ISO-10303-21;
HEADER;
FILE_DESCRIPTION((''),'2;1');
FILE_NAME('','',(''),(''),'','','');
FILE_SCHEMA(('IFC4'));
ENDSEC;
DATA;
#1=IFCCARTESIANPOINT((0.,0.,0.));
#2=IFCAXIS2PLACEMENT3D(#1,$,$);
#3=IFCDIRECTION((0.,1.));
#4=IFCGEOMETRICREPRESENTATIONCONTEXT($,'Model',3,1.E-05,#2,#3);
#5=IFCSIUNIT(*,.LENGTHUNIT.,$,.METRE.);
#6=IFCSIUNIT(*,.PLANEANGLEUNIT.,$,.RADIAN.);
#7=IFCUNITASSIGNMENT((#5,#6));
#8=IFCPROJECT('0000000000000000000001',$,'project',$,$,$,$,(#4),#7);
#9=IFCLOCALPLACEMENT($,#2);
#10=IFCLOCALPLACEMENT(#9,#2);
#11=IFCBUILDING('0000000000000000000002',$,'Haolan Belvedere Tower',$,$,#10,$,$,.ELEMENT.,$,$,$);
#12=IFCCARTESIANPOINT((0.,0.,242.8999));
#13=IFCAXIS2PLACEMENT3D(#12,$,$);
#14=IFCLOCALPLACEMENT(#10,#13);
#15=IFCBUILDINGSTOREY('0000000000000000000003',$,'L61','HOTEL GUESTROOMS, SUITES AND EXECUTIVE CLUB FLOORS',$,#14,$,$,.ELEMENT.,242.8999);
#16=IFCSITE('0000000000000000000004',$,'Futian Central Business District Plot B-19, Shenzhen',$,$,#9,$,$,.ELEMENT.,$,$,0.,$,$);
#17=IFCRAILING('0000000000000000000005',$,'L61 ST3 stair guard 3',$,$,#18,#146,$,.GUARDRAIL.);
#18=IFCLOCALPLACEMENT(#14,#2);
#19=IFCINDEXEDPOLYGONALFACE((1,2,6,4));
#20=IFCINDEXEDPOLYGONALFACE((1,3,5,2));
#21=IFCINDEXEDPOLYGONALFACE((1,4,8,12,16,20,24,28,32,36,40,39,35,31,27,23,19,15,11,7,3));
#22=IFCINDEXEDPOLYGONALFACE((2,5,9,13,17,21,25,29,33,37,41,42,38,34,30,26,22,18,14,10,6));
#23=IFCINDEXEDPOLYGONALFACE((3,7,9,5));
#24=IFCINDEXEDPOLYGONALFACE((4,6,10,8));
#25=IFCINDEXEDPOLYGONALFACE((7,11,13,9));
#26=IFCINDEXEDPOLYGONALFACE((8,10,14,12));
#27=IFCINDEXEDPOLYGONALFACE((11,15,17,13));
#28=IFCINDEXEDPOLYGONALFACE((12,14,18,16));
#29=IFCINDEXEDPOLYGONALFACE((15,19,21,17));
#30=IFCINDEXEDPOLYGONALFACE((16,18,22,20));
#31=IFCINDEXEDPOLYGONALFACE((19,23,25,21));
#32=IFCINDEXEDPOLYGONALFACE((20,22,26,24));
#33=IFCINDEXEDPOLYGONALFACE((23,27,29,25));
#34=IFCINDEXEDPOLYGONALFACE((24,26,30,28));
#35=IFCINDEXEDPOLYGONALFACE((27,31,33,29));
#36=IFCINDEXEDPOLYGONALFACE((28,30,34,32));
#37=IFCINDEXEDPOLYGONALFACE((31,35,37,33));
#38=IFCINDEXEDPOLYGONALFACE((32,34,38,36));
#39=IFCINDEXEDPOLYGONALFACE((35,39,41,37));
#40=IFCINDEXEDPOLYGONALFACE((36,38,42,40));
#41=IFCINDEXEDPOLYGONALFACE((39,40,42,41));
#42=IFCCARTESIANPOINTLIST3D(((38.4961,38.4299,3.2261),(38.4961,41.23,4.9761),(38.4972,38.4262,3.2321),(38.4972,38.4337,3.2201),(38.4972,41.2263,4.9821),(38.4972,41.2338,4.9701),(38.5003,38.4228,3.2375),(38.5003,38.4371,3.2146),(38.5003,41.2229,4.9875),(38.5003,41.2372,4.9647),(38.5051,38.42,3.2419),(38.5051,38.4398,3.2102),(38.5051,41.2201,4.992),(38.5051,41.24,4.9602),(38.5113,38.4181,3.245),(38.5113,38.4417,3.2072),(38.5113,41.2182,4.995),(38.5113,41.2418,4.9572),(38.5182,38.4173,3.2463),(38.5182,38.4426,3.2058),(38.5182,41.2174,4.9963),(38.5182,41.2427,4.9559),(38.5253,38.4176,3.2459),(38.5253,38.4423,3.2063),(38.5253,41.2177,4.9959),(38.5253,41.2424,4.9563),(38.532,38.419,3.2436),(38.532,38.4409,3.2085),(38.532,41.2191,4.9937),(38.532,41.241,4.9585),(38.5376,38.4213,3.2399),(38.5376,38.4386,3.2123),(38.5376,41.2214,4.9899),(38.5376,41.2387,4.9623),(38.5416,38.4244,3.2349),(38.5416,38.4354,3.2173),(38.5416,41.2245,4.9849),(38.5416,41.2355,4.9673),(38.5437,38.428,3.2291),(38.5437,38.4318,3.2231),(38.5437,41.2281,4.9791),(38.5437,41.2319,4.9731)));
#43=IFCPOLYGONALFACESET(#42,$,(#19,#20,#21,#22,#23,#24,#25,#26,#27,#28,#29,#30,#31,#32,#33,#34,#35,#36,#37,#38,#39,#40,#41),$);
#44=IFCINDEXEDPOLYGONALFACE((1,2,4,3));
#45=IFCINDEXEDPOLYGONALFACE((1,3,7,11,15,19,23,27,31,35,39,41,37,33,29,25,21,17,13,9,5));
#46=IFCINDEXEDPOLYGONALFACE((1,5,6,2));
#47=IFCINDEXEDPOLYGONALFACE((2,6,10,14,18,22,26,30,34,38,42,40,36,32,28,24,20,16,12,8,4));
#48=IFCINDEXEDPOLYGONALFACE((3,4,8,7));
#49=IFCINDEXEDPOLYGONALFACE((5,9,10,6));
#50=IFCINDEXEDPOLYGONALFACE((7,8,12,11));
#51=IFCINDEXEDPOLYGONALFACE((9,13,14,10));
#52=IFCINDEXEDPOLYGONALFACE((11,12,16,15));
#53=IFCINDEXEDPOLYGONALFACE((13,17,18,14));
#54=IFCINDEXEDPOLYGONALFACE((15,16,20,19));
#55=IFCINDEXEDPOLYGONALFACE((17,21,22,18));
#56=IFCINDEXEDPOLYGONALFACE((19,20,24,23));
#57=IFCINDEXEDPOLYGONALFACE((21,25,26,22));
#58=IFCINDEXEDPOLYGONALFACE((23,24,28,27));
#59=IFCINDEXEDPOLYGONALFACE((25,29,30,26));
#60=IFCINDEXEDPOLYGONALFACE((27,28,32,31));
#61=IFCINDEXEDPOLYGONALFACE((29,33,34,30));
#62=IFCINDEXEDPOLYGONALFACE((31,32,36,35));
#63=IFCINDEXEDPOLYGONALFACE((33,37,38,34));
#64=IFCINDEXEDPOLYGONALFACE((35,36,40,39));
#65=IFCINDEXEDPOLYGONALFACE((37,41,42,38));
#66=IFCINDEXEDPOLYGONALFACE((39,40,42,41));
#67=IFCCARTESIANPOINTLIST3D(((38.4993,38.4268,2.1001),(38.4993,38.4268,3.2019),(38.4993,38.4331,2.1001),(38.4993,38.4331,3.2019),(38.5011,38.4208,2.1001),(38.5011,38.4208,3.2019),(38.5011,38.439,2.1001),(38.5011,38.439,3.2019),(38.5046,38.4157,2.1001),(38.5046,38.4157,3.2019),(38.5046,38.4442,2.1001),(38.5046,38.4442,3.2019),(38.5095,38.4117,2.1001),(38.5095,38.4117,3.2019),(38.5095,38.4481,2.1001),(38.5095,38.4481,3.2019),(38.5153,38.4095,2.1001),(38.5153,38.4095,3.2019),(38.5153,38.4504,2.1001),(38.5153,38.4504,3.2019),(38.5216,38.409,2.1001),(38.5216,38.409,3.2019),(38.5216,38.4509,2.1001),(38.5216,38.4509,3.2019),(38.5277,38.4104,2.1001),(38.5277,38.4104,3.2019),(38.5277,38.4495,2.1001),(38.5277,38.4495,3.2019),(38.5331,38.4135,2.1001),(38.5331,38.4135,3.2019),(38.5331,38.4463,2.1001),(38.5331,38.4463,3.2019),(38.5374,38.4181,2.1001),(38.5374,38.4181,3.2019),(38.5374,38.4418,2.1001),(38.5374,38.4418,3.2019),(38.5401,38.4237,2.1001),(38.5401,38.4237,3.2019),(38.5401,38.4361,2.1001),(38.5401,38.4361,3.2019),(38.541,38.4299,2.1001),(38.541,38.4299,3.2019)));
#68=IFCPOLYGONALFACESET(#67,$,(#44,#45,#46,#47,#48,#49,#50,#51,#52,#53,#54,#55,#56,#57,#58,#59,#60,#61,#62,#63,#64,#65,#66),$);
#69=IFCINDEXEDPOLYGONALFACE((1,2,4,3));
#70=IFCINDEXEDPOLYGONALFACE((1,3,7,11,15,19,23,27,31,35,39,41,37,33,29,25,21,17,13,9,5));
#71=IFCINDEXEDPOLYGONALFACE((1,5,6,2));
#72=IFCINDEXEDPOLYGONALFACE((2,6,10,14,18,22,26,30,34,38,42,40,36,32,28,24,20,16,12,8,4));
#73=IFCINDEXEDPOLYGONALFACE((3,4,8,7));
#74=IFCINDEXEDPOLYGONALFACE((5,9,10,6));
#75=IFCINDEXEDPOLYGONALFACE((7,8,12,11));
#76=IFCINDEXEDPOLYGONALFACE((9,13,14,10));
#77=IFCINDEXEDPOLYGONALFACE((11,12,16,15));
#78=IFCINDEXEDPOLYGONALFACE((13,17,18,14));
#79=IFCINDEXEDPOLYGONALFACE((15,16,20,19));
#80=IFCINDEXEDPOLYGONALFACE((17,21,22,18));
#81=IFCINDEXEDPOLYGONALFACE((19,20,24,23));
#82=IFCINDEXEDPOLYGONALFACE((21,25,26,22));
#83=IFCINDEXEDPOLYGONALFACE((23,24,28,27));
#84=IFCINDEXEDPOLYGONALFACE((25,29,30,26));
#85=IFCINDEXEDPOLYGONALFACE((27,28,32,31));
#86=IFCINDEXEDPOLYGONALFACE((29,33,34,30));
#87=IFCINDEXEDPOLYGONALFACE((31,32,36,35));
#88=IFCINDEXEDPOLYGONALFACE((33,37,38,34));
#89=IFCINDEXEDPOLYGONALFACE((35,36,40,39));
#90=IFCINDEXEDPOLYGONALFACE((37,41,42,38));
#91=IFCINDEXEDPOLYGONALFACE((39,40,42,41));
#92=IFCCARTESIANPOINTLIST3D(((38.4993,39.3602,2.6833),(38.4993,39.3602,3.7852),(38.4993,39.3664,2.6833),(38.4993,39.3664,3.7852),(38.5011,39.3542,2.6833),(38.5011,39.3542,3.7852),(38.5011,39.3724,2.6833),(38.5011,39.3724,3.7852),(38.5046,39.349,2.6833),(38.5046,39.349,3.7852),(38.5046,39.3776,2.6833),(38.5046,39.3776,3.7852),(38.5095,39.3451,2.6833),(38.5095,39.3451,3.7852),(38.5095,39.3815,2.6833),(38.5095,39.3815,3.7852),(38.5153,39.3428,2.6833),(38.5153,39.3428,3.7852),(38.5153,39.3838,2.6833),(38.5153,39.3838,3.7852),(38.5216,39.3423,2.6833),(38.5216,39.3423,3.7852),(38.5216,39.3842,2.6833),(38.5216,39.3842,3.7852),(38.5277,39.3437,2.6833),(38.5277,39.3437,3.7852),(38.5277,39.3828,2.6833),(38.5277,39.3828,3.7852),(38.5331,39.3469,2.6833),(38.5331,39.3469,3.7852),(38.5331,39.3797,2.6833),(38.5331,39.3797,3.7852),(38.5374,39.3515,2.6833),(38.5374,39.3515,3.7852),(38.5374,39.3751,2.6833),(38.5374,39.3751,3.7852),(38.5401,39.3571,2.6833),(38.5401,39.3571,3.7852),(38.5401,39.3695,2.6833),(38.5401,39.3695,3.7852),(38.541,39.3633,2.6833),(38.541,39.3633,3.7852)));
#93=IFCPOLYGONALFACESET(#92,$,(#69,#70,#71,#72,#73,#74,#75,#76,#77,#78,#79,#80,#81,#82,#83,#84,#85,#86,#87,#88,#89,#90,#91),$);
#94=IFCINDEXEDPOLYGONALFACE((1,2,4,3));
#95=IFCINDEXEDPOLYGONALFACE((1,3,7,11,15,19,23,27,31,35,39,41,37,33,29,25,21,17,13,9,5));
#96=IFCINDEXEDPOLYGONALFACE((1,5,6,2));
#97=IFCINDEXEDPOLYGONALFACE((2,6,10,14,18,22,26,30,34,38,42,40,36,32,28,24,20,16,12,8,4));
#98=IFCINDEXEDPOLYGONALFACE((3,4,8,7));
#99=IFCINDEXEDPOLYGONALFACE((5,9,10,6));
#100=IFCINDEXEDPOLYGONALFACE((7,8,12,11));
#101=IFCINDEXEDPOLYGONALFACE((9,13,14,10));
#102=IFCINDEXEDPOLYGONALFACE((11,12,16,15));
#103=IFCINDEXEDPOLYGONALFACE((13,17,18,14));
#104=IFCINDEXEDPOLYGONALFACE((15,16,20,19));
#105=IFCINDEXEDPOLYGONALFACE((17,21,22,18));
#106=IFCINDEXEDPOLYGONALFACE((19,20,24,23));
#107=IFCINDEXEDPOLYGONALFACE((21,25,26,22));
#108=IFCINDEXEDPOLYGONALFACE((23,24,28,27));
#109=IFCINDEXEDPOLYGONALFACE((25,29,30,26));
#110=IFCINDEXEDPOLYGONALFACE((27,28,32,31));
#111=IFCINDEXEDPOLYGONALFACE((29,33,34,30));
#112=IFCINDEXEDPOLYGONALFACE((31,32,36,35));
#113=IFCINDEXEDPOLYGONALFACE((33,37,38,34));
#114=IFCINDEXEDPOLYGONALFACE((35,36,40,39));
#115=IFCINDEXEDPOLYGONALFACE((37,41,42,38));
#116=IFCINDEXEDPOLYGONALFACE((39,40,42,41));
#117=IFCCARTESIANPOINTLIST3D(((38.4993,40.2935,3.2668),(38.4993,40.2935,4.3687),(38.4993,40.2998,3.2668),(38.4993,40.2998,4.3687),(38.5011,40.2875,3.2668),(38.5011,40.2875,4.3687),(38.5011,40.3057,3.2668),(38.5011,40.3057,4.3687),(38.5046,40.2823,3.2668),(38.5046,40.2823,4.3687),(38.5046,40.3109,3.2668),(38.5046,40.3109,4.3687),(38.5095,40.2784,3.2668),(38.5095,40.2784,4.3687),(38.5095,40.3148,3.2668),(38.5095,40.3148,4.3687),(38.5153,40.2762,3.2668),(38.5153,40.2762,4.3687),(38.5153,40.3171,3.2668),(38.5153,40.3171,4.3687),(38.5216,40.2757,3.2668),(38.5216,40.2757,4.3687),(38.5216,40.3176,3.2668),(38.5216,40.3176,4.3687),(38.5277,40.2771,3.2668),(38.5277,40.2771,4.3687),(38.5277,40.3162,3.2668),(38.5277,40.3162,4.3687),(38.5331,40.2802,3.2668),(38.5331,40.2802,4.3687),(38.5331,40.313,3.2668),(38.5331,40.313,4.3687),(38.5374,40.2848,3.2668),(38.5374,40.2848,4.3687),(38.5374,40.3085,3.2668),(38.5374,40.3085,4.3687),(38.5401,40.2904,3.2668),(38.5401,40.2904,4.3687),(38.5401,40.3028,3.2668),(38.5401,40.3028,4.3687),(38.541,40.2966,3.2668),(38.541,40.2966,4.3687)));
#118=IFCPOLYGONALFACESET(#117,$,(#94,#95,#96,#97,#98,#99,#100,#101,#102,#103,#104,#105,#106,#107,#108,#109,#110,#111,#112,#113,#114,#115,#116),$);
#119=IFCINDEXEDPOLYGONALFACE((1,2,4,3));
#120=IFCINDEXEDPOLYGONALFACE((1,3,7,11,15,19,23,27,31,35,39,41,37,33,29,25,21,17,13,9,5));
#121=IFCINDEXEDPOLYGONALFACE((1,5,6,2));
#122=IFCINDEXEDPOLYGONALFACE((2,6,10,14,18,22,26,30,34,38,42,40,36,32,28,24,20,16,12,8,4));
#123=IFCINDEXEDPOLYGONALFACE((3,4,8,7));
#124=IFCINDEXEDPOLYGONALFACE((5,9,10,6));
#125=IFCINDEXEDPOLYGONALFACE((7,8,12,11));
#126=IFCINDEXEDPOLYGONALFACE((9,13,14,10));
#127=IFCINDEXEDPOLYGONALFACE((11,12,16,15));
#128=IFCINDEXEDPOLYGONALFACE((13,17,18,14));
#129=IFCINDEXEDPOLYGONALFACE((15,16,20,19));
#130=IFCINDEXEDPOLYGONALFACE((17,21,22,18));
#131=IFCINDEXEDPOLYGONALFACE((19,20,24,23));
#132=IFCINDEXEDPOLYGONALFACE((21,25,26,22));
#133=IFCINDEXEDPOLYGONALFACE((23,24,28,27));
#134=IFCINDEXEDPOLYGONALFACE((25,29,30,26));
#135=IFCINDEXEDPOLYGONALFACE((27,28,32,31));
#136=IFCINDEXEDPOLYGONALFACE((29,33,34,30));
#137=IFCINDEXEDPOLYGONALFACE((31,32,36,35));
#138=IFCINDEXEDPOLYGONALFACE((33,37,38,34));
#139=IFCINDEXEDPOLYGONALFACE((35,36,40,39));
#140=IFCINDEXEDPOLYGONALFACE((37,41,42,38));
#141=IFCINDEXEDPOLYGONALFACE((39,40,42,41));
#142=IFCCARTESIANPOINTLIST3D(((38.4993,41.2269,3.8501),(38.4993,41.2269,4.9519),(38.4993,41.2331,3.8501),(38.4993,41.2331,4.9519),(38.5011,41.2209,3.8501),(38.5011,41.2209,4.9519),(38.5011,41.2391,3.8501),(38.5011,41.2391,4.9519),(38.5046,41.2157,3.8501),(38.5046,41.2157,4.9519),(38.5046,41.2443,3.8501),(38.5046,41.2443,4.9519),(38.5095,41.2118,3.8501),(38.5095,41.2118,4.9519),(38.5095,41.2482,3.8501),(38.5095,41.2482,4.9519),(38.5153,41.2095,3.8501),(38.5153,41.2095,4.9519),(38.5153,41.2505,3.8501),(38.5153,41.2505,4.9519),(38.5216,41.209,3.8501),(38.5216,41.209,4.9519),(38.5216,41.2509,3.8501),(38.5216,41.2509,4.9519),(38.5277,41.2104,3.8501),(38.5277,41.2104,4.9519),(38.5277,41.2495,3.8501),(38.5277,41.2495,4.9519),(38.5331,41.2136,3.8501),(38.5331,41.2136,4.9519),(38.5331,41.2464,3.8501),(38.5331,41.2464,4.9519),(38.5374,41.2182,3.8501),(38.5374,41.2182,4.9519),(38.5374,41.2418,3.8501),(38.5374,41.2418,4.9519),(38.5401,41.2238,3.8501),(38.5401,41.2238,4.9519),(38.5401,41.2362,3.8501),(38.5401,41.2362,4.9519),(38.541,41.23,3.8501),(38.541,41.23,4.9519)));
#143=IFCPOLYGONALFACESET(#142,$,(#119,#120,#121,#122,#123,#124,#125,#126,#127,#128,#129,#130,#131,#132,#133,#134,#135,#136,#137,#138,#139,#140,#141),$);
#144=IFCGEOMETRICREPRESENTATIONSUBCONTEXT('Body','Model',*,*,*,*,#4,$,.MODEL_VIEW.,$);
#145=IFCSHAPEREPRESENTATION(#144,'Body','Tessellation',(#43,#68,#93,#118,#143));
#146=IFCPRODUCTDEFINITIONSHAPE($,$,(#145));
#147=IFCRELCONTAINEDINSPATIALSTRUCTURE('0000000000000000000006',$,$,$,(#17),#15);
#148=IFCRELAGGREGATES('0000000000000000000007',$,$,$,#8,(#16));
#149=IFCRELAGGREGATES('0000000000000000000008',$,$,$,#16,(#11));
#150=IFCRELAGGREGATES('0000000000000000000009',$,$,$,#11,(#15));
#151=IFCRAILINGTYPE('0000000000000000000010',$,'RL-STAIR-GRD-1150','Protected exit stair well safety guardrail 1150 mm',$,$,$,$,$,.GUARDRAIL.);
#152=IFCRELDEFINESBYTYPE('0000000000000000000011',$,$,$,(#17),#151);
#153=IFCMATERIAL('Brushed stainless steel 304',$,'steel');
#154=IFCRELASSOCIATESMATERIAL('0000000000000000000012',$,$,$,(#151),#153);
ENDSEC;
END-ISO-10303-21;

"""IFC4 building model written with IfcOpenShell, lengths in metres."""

from ifc_helpers import new_model, si_unit, direction, frame, origin, origin_2d, place, context, subcontext, project, spatial, circle, extrude, material, type_object, element, save


model = new_model("IFC4")

# Units and contexts
model_context = context("Model", 3, precision=1e-05, world=origin(), true_north=direction((0.0, 1.0)))
body_context = subcontext(model_context, "Body", "Model", "MODEL_VIEW")
ifc_project = project(units=[si_unit("LENGTHUNIT", "METRE"), si_unit("PLANEANGLEUNIT", "RADIAN")], contexts=[model_context])

# Site, building, storey
site_placement = place(None, origin())
site = spatial("IfcSite", under=ifc_project, at=site_placement, Name="Futian Central Business District Plot B-19, Shenzhen", CompositionType="ELEMENT", RefElevation=0.0)
building_placement = place(site_placement, origin())
building = spatial("IfcBuilding", under=site, at=building_placement, Name="Haolan Belvedere Tower", CompositionType="ELEMENT")
storey_placement = place(building_placement, frame((0.0, 0.0, 242.8999)))
storey = spatial("IfcBuildingStorey", under=building, at=storey_placement, Name="L61", Description="HOTEL GUESTROOMS, SUITES AND EXECUTIVE CLUB FLOORS", CompositionType="ELEMENT", Elevation=242.8999)

# Railing
ifc_material_1 = material(Name="Brushed stainless steel 304", Category="steel")
railing_type_1 = type_object("IfcRailingType", Name="RL-STAIR-GRD-1150", Description="Protected exit stair well safety guardrail 1150 mm", PredefinedType="GUARDRAIL", material=ifc_material_1)
railing_1_placement = place(storey_placement, frame((38.52, 38.4299, 2.1001)))
element("IfcRailing", 1, at=railing_1_placement, inside=storey, type_object=railing_type_1, Name="L61 ST3 stair guard 3", PredefinedType="GUARDRAIL", context=body_context, shape_type="SweptSolid", body=[
    extrude(circle(Radius=0.0239, at=origin_2d()), frame((0.0, 0.0, 1.126), z_axis=(0.0, 0.848002, 0.529992), x_axis=(-1.0, 0.0, 0.0)), (0.0, 0.0, 1.0), 3.302),
    extrude(circle(Radius=0.021, at=origin_2d()), origin(), (0.0, 0.0, 1.0), 1.1018),
    extrude(circle(Radius=0.021, at=origin_2d()), frame((0.0, 0.9333, 0.5833)), (0.0, 0.0, 1.0), 1.1018),
    extrude(circle(Radius=0.021, at=origin_2d()), frame((0.0, 1.8667, 1.1667)), (0.0, 0.0, 1.0), 1.1018),
    extrude(circle(Radius=0.021, at=origin_2d()), frame((0.0, 2.8, 1.75)), (0.0, 0.0, 1.0), 1.1018),
])

save(model, "model.ifc")
